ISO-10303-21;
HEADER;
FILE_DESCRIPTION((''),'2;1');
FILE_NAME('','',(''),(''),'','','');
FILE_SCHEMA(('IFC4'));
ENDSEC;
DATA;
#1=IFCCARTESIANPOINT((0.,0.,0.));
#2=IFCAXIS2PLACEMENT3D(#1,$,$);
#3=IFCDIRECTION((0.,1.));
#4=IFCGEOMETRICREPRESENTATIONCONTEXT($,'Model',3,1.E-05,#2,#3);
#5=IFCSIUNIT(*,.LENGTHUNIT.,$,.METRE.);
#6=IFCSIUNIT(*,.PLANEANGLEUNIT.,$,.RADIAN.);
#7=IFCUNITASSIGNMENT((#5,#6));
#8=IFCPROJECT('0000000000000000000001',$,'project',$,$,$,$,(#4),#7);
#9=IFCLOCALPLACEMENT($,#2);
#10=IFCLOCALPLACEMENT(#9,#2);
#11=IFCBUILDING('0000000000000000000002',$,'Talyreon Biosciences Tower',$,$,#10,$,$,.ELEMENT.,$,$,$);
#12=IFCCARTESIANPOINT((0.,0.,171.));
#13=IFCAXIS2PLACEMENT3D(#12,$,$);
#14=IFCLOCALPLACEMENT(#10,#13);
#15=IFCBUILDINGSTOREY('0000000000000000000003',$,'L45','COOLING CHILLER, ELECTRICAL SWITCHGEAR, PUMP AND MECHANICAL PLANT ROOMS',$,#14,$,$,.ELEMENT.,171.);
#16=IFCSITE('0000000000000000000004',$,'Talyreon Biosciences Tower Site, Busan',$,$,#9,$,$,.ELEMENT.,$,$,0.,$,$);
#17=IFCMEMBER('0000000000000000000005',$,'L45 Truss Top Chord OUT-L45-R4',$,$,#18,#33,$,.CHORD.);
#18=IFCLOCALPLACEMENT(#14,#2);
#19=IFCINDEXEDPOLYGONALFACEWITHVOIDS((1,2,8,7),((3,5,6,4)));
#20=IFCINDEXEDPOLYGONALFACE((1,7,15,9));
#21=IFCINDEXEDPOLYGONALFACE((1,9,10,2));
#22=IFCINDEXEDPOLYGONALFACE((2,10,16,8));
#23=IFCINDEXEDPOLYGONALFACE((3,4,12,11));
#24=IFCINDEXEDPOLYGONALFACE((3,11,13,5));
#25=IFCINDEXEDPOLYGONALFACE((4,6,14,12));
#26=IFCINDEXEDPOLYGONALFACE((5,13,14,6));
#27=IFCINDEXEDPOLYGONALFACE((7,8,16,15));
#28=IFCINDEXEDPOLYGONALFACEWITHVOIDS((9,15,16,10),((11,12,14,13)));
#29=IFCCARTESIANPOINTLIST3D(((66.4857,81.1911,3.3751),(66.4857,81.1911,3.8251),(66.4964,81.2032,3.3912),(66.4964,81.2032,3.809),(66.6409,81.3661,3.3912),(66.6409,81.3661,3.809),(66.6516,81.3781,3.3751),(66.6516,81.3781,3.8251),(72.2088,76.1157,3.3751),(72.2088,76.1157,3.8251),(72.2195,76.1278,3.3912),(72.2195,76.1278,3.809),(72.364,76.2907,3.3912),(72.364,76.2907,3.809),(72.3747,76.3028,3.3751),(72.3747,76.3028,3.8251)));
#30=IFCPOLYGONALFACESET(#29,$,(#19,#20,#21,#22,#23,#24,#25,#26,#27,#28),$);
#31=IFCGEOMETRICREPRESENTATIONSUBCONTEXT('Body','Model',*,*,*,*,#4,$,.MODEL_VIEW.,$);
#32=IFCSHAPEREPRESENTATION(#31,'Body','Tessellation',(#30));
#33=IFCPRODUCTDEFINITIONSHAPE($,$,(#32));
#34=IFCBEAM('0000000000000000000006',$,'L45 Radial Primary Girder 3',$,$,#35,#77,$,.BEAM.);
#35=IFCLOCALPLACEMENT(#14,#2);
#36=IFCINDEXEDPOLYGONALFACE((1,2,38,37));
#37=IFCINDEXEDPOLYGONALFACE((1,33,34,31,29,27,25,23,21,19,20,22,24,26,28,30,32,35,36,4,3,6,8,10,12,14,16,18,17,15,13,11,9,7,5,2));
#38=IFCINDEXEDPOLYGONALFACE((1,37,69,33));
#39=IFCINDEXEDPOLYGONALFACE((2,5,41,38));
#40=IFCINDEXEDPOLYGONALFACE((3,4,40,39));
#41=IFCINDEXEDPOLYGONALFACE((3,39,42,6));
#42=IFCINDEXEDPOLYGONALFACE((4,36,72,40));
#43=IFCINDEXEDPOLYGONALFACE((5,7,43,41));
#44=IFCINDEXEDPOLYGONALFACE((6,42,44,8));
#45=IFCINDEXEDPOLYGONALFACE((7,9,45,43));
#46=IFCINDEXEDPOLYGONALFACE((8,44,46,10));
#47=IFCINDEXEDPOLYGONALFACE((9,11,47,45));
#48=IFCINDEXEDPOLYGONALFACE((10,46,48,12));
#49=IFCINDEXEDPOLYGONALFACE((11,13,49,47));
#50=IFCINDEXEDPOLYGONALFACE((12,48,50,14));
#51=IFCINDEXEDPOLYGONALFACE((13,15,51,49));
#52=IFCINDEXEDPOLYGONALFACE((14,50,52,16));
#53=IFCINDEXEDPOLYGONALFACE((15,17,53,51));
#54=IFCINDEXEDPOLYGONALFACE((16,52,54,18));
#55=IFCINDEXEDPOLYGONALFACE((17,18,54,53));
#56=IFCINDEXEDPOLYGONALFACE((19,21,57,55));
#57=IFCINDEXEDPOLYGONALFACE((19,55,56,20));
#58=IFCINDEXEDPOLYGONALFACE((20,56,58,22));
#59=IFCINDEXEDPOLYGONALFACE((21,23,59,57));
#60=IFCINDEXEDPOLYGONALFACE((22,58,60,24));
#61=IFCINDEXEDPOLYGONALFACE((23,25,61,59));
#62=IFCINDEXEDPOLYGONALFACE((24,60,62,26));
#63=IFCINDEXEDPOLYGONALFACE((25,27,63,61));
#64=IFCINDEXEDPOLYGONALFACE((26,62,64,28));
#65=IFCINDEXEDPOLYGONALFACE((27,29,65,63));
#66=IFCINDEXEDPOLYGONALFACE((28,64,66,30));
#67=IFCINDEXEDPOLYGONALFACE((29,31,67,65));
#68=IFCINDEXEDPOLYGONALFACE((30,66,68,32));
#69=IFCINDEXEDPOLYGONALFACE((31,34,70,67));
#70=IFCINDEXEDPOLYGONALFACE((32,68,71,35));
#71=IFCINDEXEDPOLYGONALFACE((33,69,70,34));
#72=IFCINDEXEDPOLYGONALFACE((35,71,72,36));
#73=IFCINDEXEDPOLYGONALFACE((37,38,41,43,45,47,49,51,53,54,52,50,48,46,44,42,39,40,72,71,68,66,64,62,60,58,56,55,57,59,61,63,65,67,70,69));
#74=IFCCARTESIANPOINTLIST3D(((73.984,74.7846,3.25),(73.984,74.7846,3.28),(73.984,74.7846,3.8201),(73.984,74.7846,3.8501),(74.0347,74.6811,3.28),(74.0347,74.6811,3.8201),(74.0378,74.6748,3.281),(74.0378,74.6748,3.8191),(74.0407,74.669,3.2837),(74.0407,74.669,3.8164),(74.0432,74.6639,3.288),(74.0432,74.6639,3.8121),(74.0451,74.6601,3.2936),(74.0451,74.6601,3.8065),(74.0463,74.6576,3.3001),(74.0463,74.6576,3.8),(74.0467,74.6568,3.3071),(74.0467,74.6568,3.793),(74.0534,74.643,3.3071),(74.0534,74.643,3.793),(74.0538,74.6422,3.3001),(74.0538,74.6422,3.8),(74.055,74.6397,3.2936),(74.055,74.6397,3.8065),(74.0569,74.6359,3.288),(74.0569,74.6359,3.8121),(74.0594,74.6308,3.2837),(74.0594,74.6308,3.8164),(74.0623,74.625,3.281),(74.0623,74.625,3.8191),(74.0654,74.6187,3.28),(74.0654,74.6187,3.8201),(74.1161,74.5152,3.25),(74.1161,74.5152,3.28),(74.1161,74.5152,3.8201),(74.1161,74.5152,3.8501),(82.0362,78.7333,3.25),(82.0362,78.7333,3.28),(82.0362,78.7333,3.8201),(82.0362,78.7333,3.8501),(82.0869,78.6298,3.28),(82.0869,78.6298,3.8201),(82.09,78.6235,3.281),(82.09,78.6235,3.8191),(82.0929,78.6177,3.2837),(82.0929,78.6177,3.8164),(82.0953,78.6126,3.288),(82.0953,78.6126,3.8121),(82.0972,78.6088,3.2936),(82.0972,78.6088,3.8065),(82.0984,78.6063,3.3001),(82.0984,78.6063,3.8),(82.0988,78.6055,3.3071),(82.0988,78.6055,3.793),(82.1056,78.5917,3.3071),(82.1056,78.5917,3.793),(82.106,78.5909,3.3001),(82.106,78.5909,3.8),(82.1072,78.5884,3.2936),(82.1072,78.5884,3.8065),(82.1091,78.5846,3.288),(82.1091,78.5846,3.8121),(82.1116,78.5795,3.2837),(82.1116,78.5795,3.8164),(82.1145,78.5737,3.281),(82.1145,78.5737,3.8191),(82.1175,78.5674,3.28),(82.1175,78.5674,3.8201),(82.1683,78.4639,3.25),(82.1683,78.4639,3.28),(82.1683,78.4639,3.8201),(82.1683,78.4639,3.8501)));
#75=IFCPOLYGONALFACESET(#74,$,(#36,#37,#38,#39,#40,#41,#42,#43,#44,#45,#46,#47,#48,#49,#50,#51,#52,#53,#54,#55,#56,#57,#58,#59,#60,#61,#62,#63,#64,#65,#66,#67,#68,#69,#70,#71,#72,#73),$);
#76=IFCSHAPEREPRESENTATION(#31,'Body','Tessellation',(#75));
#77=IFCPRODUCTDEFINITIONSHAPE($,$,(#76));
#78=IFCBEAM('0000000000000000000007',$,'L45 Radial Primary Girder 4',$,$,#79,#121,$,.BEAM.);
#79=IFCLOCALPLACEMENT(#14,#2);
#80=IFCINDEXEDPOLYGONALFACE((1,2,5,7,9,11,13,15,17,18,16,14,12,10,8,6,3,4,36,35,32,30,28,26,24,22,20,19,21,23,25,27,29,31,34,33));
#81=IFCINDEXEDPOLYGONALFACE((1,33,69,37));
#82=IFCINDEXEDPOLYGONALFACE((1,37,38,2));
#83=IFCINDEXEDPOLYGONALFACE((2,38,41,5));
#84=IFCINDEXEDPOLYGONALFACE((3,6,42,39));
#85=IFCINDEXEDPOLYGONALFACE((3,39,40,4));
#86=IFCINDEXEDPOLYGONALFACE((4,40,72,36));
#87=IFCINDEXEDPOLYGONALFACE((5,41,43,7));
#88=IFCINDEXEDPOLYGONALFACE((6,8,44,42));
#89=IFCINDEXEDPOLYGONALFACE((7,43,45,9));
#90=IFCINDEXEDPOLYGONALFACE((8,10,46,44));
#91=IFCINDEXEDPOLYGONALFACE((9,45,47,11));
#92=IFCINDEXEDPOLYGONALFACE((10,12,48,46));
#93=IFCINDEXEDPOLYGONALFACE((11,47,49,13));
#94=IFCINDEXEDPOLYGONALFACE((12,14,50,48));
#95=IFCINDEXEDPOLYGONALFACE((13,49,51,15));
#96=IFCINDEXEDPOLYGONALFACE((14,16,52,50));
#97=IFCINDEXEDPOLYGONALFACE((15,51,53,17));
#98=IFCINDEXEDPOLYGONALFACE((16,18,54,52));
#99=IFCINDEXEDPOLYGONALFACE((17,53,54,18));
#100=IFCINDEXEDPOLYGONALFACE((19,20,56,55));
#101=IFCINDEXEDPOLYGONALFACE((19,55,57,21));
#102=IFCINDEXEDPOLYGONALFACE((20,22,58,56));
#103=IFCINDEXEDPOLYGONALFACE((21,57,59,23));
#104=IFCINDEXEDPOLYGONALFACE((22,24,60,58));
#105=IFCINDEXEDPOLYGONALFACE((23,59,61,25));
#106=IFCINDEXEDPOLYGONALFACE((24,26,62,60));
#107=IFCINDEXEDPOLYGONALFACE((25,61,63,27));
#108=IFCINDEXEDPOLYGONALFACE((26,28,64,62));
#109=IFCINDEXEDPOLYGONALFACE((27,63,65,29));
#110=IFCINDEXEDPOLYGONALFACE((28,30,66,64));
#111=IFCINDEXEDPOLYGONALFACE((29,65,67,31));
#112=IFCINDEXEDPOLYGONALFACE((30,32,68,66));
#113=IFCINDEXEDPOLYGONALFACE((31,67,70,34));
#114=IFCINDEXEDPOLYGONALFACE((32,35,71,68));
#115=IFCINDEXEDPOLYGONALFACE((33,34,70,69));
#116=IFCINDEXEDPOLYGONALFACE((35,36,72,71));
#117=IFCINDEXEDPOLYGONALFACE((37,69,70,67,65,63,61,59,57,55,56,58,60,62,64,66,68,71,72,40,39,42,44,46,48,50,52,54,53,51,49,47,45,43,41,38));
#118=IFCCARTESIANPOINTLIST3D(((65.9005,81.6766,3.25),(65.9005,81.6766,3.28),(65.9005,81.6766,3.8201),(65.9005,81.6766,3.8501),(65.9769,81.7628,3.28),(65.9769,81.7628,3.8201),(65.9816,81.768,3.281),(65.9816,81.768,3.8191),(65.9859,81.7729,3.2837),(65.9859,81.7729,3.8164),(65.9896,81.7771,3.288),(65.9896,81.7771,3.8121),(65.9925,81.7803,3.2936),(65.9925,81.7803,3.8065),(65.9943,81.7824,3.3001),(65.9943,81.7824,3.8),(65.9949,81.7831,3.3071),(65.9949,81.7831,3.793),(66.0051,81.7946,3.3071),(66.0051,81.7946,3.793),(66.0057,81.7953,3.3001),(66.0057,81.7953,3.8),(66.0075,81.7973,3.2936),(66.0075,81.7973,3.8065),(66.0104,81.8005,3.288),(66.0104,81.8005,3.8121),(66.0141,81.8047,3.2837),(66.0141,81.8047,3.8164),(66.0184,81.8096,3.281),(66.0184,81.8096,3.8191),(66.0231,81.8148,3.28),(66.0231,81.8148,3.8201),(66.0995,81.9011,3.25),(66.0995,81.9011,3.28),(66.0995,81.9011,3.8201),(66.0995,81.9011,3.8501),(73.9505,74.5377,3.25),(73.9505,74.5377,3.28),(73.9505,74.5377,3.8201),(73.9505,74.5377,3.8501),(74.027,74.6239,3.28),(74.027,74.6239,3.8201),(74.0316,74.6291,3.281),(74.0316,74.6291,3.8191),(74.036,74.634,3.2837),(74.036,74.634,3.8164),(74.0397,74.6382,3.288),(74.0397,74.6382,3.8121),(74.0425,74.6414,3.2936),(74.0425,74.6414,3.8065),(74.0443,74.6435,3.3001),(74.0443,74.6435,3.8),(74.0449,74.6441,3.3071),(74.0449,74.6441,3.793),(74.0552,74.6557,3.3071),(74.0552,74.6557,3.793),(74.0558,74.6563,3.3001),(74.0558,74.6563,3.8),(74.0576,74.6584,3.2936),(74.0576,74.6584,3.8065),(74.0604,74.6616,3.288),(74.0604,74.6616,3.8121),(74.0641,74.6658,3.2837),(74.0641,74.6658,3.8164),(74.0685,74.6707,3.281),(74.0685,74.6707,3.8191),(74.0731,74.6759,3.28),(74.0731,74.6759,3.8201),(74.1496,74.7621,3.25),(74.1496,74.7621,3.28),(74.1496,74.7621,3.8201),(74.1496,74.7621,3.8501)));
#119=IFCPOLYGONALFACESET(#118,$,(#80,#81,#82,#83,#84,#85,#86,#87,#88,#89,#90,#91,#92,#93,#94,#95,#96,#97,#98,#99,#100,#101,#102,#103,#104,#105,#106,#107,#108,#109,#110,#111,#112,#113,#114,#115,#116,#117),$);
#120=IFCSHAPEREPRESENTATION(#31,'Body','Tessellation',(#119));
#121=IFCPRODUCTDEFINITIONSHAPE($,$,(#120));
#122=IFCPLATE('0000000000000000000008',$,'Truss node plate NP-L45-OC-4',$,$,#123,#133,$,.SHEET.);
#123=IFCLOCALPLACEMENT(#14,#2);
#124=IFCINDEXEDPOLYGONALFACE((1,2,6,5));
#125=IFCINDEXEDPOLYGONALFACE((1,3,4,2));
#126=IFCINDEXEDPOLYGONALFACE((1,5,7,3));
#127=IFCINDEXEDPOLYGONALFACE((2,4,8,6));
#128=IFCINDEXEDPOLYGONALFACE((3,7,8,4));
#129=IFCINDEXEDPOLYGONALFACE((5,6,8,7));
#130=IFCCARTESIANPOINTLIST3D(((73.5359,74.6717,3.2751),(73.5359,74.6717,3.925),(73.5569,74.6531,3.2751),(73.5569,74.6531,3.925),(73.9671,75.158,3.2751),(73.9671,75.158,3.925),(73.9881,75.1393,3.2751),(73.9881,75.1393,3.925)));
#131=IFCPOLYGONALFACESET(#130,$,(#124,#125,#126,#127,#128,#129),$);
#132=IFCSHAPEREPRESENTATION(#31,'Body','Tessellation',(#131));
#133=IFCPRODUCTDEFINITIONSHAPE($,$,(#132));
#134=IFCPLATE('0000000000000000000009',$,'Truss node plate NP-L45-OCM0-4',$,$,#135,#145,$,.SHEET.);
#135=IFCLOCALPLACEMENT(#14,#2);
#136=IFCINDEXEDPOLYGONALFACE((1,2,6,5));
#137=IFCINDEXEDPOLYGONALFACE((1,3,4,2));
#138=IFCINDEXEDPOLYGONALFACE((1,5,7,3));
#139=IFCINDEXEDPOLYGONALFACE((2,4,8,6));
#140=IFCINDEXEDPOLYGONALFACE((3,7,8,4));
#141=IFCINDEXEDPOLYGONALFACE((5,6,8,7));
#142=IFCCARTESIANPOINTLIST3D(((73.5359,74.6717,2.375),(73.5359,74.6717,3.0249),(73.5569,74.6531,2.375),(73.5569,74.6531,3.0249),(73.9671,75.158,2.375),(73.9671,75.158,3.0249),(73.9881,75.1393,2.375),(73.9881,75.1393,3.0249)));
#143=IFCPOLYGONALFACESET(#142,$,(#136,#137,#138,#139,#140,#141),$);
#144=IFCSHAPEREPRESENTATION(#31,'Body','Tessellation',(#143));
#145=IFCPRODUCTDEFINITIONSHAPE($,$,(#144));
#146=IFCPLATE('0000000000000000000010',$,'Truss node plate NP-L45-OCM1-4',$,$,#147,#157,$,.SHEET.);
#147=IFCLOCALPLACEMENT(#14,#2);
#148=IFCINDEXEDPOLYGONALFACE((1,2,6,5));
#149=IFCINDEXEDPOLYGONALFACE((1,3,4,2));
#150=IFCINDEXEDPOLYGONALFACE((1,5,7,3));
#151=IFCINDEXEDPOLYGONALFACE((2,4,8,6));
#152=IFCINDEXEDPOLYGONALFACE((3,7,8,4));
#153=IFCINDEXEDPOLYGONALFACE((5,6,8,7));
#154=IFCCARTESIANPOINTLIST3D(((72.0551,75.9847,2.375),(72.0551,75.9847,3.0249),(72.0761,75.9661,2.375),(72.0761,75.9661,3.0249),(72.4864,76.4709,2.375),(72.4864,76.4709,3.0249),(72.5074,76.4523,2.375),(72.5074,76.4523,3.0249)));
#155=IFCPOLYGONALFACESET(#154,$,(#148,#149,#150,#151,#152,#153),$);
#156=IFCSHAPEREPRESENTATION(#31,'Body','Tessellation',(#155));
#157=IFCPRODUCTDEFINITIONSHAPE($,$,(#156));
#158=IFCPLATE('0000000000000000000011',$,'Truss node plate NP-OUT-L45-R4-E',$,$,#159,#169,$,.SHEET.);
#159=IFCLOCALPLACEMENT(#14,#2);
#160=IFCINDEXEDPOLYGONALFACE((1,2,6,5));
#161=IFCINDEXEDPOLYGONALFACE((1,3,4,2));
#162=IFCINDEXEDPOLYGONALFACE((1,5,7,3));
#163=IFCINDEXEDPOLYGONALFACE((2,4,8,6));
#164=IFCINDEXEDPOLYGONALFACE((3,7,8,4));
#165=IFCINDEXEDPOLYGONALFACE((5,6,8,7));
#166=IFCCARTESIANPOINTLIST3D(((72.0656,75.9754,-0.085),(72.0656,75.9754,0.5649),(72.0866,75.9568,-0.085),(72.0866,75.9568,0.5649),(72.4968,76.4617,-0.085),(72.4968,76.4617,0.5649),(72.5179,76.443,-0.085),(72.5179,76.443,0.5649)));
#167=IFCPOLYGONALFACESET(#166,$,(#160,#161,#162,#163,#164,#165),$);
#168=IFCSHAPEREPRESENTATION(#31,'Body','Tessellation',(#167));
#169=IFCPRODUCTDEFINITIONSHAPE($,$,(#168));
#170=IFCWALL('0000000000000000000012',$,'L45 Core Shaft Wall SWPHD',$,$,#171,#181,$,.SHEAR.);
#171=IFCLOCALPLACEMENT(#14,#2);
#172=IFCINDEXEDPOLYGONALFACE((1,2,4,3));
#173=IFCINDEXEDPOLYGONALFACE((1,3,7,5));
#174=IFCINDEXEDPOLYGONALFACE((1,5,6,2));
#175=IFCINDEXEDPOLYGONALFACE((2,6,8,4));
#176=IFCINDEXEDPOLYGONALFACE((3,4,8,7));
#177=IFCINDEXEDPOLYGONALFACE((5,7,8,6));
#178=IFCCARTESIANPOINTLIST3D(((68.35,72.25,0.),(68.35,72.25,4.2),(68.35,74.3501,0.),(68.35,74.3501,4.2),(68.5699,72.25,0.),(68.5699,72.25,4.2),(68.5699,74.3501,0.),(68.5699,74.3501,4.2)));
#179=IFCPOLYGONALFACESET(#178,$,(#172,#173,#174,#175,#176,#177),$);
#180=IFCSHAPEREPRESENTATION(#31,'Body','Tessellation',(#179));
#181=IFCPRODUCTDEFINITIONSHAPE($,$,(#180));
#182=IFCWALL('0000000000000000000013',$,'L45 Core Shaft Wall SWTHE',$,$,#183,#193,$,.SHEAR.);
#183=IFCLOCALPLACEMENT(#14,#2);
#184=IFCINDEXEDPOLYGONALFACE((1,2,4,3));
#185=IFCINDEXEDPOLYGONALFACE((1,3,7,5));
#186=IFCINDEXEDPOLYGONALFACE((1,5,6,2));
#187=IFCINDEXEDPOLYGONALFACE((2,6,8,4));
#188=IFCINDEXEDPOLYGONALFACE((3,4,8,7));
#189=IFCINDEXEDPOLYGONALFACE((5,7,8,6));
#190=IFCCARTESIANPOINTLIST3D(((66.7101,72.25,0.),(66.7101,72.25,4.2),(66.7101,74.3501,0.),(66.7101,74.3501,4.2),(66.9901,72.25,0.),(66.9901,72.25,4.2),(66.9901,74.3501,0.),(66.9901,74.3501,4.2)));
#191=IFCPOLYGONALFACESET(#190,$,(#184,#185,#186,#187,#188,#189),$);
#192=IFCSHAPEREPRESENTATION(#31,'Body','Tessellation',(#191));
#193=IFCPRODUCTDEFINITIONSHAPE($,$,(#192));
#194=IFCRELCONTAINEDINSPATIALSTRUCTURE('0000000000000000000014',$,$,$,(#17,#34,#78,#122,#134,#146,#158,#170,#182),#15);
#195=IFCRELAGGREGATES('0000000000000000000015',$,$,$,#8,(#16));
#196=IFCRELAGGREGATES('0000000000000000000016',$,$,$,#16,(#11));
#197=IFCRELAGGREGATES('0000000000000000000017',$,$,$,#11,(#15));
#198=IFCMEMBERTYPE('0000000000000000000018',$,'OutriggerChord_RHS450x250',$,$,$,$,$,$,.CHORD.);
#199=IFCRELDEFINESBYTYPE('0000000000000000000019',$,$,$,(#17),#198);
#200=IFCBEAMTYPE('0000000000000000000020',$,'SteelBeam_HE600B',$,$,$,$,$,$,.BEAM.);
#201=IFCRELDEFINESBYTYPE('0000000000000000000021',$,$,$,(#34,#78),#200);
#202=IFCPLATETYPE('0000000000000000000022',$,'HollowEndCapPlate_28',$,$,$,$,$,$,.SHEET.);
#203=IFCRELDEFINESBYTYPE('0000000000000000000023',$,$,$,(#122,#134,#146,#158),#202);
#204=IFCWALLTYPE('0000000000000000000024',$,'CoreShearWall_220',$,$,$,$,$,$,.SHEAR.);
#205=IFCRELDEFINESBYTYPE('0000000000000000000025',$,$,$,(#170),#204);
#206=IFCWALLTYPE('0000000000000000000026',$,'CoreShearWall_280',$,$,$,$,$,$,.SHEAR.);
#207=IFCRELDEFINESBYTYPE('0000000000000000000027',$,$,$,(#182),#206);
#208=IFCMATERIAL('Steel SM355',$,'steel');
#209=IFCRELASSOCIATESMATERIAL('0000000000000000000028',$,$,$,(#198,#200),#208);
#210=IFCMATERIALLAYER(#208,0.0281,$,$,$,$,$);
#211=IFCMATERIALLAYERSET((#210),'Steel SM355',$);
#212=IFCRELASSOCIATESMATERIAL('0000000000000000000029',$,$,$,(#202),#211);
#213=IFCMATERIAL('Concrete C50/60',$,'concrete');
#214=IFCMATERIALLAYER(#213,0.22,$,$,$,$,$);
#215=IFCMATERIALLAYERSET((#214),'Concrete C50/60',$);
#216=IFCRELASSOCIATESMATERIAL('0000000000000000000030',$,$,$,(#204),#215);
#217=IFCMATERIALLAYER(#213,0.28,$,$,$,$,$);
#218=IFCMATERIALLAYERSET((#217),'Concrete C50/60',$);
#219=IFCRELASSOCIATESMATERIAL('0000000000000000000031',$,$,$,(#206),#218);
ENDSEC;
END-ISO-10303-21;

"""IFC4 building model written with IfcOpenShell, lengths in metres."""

from ifc_helpers import new_model, si_unit, direction, frame, frame_2d, origin, origin_2d, place, context, subcontext, project, spatial, rectangle, hollow_rectangle, i_section, extrude, material, layer, layer_set, material_profile, profile_set, type_object, element, save


model = new_model("IFC4")

# Units and contexts
model_context = context("Model", 3, precision=1e-05, world=origin(), true_north=direction((0.0, 1.0)))
body_context = subcontext(model_context, "Body", "Model", "MODEL_VIEW")
ifc_project = project(units=[si_unit("LENGTHUNIT", "METRE"), si_unit("PLANEANGLEUNIT", "RADIAN")], contexts=[model_context])

# Site, building, storey
site_placement = place(None, origin())
site = spatial("IfcSite", under=ifc_project, at=site_placement, Name="Talyreon Biosciences Tower Site, Busan", CompositionType="ELEMENT", RefElevation=0.0)
building_placement = place(site_placement, origin())
building = spatial("IfcBuilding", under=site, at=building_placement, Name="Talyreon Biosciences Tower", CompositionType="ELEMENT")
storey_placement = place(building_placement, frame((0.0, 0.0, 171.0)))
storey = spatial("IfcBuildingStorey", under=building, at=storey_placement, Name="L45", Description="COOLING CHILLER, ELECTRICAL SWITCHGEAR, PUMP AND MECHANICAL PLANT ROOMS", CompositionType="ELEMENT", Elevation=171.0)

# Shared definitions
ifc_material_1 = material(Name="Concrete C50/60", Category="concrete")

# Member
ifc_material_2 = material(Name="Steel SM355", Category="steel")
ifc_material_profile_1 = material_profile(ifc_material_2, hollow_rectangle(XDim=0.25, YDim=0.45, WallThickness=0.0161, at=origin_2d()), Name="RHS 450x250x16")
ifc_profile_set_1 = profile_set([ifc_material_profile_1], Name="Steel SM355")
member_type_1 = type_object("IfcMemberType", Name="OutriggerChord_RHS450x250", PredefinedType="CHORD", material=ifc_profile_set_1)
for number, where, z_axis, x_axis, name in (
    (1, (72.2917, 76.2092, 3.6001), (-0.748175, 0.663502, 0.0), (-0.663502, -0.748175, 0.0), "L45 Truss Top Chord OUT-L45-R4"),
):
    element("IfcMember", number, at=place(storey_placement, frame(where, z_axis=z_axis, x_axis=x_axis)), inside=storey, type_object=member_type_1, Name=name, PredefinedType="CHORD", context=body_context, shape_type="SweptSolid", body=[
        extrude(hollow_rectangle(XDim=0.25, YDim=0.45, WallThickness=0.0161, at=origin_2d()), origin(), (0.0, 0.0, 1.0), 7.6494),
    ])

# Beams
ifc_material_profile_2 = material_profile(ifc_material_2, i_section(OverallWidth=0.3, OverallDepth=0.6001, WebThickness=0.0154, FlangeThickness=0.03, FilletRadius=0.0271, at=origin_2d()), Name="HE600B")
ifc_profile_set_2 = profile_set([ifc_material_profile_2], Name="Steel SM355")
beam_type = type_object("IfcBeamType", Name="SteelBeam_HE600B", PredefinedType="BEAM", material=ifc_profile_set_2)
beam_1_placement = place(storey_placement, frame((74.05, 74.6499, 3.55), z_axis=(0.897852, 0.440297, 0.0), x_axis=(-0.440297, 0.897852, 0.0)))
element("IfcBeam", 2, at=beam_1_placement, inside=storey, type_object=beam_type, Name="L45 Radial Primary Girder 3", PredefinedType="BEAM", context=body_context, shape_type="SweptSolid", body=[
    extrude(i_section(OverallWidth=0.3, OverallDepth=0.6001, WebThickness=0.0154, FlangeThickness=0.03, FilletRadius=0.0271, at=origin_2d()), origin(), (0.0, 0.0, 1.0), 8.9683),
])
beam_2_placement = place(storey_placement, frame((74.05, 74.6499, 3.55), z_axis=(-0.748179, 0.663497, 0.0), x_axis=(-0.663497, -0.748179, 0.0)))
element("IfcBeam", 3, at=beam_2_placement, inside=storey, type_object=beam_type, Name="L45 Radial Primary Girder 4", PredefinedType="BEAM", context=body_context, shape_type="SweptSolid", body=[
    extrude(i_section(OverallWidth=0.3, OverallDepth=0.6001, WebThickness=0.0154, FlangeThickness=0.03, FilletRadius=0.0271, at=origin_2d()), origin(), (0.0, 0.0, 1.0), 10.7595),
])

# Plates
ifc_layer_1 = layer(ifc_material_2, 0.0281)
ifc_layer_set_1 = layer_set([ifc_layer_1], Name="Steel SM355")
plate_type = type_object("IfcPlateType", Name="HollowEndCapPlate_28", PredefinedType="SHEET", material=ifc_layer_set_1)
for number, where, z_axis, x_axis, name in (
    (4, (73.762, 74.9055, 3.2751), (0.0, 0.0, 1.0), (-0.663495, -0.74818, 0.0), "Truss node plate NP-L45-OC-4"),
    (5, (73.762, 74.9055, 2.375), (0.0, 0.0, 1.0), (-0.663495, -0.74818, 0.0), "Truss node plate NP-L45-OCM0-4"),
    (6, (72.2812, 76.2185, 2.375), (0.0, 0.0, 1.0), (-0.663495, -0.74818, 0.0), "Truss node plate NP-L45-OCM1-4"),
    (7, (72.2917, 76.2092, -0.085), (0.0, 0.0, 1.0), (-0.663495, -0.74818, 0.0), "Truss node plate NP-OUT-L45-R4-E"),
):
    element("IfcPlate", number, at=place(storey_placement, frame(where, z_axis=z_axis, x_axis=x_axis)), inside=storey, type_object=plate_type, Name=name, PredefinedType="SHEET", context=body_context, shape_type="SweptSolid", body=[
        extrude(rectangle(XDim=0.6499, YDim=0.0281, at=origin_2d()), origin(), (0.0, 0.0, 1.0), 0.6499),
    ])

# Walls
ifc_layer_2 = layer(ifc_material_1, 0.22)
ifc_layer_set_2 = layer_set([ifc_layer_2], Name="Concrete C50/60")
wall_type_1 = type_object("IfcWallType", Name="CoreShearWall_220", PredefinedType="SHEAR", material=ifc_layer_set_2)
wall_1_placement = place(storey_placement, frame((68.46, 72.25, 0.0), z_axis=(0.0, 0.0, 1.0), x_axis=(0.0, 1.0, 0.0)))
element("IfcWall", 8, at=wall_1_placement, inside=storey, type_object=wall_type_1, Name="L45 Core Shaft Wall SWPHD", PredefinedType="SHEAR", context=body_context, shape_type="SweptSolid", body=[
    extrude(rectangle(XDim=2.1001, YDim=0.22, at=frame_2d((1.05, 0.0))), origin(), (0.0, 0.0, 1.0), 4.2),
])
ifc_layer_3 = layer(ifc_material_1, 0.28)
ifc_layer_set_3 = layer_set([ifc_layer_3], Name="Concrete C50/60")
wall_type_2 = type_object("IfcWallType", Name="CoreShearWall_280", PredefinedType="SHEAR", material=ifc_layer_set_3)
wall_2_placement = place(storey_placement, frame((66.8501, 72.25, 0.0), z_axis=(0.0, 0.0, 1.0), x_axis=(0.0, 1.0, 0.0)))
element("IfcWall", 9, at=wall_2_placement, inside=storey, type_object=wall_type_2, Name="L45 Core Shaft Wall SWTHE", PredefinedType="SHEAR", context=body_context, shape_type="SweptSolid", body=[
    extrude(rectangle(XDim=2.1001, YDim=0.28, at=frame_2d((1.05, 0.0))), origin(), (0.0, 0.0, 1.0), 4.2),
])

save(model, "model.ifc")
